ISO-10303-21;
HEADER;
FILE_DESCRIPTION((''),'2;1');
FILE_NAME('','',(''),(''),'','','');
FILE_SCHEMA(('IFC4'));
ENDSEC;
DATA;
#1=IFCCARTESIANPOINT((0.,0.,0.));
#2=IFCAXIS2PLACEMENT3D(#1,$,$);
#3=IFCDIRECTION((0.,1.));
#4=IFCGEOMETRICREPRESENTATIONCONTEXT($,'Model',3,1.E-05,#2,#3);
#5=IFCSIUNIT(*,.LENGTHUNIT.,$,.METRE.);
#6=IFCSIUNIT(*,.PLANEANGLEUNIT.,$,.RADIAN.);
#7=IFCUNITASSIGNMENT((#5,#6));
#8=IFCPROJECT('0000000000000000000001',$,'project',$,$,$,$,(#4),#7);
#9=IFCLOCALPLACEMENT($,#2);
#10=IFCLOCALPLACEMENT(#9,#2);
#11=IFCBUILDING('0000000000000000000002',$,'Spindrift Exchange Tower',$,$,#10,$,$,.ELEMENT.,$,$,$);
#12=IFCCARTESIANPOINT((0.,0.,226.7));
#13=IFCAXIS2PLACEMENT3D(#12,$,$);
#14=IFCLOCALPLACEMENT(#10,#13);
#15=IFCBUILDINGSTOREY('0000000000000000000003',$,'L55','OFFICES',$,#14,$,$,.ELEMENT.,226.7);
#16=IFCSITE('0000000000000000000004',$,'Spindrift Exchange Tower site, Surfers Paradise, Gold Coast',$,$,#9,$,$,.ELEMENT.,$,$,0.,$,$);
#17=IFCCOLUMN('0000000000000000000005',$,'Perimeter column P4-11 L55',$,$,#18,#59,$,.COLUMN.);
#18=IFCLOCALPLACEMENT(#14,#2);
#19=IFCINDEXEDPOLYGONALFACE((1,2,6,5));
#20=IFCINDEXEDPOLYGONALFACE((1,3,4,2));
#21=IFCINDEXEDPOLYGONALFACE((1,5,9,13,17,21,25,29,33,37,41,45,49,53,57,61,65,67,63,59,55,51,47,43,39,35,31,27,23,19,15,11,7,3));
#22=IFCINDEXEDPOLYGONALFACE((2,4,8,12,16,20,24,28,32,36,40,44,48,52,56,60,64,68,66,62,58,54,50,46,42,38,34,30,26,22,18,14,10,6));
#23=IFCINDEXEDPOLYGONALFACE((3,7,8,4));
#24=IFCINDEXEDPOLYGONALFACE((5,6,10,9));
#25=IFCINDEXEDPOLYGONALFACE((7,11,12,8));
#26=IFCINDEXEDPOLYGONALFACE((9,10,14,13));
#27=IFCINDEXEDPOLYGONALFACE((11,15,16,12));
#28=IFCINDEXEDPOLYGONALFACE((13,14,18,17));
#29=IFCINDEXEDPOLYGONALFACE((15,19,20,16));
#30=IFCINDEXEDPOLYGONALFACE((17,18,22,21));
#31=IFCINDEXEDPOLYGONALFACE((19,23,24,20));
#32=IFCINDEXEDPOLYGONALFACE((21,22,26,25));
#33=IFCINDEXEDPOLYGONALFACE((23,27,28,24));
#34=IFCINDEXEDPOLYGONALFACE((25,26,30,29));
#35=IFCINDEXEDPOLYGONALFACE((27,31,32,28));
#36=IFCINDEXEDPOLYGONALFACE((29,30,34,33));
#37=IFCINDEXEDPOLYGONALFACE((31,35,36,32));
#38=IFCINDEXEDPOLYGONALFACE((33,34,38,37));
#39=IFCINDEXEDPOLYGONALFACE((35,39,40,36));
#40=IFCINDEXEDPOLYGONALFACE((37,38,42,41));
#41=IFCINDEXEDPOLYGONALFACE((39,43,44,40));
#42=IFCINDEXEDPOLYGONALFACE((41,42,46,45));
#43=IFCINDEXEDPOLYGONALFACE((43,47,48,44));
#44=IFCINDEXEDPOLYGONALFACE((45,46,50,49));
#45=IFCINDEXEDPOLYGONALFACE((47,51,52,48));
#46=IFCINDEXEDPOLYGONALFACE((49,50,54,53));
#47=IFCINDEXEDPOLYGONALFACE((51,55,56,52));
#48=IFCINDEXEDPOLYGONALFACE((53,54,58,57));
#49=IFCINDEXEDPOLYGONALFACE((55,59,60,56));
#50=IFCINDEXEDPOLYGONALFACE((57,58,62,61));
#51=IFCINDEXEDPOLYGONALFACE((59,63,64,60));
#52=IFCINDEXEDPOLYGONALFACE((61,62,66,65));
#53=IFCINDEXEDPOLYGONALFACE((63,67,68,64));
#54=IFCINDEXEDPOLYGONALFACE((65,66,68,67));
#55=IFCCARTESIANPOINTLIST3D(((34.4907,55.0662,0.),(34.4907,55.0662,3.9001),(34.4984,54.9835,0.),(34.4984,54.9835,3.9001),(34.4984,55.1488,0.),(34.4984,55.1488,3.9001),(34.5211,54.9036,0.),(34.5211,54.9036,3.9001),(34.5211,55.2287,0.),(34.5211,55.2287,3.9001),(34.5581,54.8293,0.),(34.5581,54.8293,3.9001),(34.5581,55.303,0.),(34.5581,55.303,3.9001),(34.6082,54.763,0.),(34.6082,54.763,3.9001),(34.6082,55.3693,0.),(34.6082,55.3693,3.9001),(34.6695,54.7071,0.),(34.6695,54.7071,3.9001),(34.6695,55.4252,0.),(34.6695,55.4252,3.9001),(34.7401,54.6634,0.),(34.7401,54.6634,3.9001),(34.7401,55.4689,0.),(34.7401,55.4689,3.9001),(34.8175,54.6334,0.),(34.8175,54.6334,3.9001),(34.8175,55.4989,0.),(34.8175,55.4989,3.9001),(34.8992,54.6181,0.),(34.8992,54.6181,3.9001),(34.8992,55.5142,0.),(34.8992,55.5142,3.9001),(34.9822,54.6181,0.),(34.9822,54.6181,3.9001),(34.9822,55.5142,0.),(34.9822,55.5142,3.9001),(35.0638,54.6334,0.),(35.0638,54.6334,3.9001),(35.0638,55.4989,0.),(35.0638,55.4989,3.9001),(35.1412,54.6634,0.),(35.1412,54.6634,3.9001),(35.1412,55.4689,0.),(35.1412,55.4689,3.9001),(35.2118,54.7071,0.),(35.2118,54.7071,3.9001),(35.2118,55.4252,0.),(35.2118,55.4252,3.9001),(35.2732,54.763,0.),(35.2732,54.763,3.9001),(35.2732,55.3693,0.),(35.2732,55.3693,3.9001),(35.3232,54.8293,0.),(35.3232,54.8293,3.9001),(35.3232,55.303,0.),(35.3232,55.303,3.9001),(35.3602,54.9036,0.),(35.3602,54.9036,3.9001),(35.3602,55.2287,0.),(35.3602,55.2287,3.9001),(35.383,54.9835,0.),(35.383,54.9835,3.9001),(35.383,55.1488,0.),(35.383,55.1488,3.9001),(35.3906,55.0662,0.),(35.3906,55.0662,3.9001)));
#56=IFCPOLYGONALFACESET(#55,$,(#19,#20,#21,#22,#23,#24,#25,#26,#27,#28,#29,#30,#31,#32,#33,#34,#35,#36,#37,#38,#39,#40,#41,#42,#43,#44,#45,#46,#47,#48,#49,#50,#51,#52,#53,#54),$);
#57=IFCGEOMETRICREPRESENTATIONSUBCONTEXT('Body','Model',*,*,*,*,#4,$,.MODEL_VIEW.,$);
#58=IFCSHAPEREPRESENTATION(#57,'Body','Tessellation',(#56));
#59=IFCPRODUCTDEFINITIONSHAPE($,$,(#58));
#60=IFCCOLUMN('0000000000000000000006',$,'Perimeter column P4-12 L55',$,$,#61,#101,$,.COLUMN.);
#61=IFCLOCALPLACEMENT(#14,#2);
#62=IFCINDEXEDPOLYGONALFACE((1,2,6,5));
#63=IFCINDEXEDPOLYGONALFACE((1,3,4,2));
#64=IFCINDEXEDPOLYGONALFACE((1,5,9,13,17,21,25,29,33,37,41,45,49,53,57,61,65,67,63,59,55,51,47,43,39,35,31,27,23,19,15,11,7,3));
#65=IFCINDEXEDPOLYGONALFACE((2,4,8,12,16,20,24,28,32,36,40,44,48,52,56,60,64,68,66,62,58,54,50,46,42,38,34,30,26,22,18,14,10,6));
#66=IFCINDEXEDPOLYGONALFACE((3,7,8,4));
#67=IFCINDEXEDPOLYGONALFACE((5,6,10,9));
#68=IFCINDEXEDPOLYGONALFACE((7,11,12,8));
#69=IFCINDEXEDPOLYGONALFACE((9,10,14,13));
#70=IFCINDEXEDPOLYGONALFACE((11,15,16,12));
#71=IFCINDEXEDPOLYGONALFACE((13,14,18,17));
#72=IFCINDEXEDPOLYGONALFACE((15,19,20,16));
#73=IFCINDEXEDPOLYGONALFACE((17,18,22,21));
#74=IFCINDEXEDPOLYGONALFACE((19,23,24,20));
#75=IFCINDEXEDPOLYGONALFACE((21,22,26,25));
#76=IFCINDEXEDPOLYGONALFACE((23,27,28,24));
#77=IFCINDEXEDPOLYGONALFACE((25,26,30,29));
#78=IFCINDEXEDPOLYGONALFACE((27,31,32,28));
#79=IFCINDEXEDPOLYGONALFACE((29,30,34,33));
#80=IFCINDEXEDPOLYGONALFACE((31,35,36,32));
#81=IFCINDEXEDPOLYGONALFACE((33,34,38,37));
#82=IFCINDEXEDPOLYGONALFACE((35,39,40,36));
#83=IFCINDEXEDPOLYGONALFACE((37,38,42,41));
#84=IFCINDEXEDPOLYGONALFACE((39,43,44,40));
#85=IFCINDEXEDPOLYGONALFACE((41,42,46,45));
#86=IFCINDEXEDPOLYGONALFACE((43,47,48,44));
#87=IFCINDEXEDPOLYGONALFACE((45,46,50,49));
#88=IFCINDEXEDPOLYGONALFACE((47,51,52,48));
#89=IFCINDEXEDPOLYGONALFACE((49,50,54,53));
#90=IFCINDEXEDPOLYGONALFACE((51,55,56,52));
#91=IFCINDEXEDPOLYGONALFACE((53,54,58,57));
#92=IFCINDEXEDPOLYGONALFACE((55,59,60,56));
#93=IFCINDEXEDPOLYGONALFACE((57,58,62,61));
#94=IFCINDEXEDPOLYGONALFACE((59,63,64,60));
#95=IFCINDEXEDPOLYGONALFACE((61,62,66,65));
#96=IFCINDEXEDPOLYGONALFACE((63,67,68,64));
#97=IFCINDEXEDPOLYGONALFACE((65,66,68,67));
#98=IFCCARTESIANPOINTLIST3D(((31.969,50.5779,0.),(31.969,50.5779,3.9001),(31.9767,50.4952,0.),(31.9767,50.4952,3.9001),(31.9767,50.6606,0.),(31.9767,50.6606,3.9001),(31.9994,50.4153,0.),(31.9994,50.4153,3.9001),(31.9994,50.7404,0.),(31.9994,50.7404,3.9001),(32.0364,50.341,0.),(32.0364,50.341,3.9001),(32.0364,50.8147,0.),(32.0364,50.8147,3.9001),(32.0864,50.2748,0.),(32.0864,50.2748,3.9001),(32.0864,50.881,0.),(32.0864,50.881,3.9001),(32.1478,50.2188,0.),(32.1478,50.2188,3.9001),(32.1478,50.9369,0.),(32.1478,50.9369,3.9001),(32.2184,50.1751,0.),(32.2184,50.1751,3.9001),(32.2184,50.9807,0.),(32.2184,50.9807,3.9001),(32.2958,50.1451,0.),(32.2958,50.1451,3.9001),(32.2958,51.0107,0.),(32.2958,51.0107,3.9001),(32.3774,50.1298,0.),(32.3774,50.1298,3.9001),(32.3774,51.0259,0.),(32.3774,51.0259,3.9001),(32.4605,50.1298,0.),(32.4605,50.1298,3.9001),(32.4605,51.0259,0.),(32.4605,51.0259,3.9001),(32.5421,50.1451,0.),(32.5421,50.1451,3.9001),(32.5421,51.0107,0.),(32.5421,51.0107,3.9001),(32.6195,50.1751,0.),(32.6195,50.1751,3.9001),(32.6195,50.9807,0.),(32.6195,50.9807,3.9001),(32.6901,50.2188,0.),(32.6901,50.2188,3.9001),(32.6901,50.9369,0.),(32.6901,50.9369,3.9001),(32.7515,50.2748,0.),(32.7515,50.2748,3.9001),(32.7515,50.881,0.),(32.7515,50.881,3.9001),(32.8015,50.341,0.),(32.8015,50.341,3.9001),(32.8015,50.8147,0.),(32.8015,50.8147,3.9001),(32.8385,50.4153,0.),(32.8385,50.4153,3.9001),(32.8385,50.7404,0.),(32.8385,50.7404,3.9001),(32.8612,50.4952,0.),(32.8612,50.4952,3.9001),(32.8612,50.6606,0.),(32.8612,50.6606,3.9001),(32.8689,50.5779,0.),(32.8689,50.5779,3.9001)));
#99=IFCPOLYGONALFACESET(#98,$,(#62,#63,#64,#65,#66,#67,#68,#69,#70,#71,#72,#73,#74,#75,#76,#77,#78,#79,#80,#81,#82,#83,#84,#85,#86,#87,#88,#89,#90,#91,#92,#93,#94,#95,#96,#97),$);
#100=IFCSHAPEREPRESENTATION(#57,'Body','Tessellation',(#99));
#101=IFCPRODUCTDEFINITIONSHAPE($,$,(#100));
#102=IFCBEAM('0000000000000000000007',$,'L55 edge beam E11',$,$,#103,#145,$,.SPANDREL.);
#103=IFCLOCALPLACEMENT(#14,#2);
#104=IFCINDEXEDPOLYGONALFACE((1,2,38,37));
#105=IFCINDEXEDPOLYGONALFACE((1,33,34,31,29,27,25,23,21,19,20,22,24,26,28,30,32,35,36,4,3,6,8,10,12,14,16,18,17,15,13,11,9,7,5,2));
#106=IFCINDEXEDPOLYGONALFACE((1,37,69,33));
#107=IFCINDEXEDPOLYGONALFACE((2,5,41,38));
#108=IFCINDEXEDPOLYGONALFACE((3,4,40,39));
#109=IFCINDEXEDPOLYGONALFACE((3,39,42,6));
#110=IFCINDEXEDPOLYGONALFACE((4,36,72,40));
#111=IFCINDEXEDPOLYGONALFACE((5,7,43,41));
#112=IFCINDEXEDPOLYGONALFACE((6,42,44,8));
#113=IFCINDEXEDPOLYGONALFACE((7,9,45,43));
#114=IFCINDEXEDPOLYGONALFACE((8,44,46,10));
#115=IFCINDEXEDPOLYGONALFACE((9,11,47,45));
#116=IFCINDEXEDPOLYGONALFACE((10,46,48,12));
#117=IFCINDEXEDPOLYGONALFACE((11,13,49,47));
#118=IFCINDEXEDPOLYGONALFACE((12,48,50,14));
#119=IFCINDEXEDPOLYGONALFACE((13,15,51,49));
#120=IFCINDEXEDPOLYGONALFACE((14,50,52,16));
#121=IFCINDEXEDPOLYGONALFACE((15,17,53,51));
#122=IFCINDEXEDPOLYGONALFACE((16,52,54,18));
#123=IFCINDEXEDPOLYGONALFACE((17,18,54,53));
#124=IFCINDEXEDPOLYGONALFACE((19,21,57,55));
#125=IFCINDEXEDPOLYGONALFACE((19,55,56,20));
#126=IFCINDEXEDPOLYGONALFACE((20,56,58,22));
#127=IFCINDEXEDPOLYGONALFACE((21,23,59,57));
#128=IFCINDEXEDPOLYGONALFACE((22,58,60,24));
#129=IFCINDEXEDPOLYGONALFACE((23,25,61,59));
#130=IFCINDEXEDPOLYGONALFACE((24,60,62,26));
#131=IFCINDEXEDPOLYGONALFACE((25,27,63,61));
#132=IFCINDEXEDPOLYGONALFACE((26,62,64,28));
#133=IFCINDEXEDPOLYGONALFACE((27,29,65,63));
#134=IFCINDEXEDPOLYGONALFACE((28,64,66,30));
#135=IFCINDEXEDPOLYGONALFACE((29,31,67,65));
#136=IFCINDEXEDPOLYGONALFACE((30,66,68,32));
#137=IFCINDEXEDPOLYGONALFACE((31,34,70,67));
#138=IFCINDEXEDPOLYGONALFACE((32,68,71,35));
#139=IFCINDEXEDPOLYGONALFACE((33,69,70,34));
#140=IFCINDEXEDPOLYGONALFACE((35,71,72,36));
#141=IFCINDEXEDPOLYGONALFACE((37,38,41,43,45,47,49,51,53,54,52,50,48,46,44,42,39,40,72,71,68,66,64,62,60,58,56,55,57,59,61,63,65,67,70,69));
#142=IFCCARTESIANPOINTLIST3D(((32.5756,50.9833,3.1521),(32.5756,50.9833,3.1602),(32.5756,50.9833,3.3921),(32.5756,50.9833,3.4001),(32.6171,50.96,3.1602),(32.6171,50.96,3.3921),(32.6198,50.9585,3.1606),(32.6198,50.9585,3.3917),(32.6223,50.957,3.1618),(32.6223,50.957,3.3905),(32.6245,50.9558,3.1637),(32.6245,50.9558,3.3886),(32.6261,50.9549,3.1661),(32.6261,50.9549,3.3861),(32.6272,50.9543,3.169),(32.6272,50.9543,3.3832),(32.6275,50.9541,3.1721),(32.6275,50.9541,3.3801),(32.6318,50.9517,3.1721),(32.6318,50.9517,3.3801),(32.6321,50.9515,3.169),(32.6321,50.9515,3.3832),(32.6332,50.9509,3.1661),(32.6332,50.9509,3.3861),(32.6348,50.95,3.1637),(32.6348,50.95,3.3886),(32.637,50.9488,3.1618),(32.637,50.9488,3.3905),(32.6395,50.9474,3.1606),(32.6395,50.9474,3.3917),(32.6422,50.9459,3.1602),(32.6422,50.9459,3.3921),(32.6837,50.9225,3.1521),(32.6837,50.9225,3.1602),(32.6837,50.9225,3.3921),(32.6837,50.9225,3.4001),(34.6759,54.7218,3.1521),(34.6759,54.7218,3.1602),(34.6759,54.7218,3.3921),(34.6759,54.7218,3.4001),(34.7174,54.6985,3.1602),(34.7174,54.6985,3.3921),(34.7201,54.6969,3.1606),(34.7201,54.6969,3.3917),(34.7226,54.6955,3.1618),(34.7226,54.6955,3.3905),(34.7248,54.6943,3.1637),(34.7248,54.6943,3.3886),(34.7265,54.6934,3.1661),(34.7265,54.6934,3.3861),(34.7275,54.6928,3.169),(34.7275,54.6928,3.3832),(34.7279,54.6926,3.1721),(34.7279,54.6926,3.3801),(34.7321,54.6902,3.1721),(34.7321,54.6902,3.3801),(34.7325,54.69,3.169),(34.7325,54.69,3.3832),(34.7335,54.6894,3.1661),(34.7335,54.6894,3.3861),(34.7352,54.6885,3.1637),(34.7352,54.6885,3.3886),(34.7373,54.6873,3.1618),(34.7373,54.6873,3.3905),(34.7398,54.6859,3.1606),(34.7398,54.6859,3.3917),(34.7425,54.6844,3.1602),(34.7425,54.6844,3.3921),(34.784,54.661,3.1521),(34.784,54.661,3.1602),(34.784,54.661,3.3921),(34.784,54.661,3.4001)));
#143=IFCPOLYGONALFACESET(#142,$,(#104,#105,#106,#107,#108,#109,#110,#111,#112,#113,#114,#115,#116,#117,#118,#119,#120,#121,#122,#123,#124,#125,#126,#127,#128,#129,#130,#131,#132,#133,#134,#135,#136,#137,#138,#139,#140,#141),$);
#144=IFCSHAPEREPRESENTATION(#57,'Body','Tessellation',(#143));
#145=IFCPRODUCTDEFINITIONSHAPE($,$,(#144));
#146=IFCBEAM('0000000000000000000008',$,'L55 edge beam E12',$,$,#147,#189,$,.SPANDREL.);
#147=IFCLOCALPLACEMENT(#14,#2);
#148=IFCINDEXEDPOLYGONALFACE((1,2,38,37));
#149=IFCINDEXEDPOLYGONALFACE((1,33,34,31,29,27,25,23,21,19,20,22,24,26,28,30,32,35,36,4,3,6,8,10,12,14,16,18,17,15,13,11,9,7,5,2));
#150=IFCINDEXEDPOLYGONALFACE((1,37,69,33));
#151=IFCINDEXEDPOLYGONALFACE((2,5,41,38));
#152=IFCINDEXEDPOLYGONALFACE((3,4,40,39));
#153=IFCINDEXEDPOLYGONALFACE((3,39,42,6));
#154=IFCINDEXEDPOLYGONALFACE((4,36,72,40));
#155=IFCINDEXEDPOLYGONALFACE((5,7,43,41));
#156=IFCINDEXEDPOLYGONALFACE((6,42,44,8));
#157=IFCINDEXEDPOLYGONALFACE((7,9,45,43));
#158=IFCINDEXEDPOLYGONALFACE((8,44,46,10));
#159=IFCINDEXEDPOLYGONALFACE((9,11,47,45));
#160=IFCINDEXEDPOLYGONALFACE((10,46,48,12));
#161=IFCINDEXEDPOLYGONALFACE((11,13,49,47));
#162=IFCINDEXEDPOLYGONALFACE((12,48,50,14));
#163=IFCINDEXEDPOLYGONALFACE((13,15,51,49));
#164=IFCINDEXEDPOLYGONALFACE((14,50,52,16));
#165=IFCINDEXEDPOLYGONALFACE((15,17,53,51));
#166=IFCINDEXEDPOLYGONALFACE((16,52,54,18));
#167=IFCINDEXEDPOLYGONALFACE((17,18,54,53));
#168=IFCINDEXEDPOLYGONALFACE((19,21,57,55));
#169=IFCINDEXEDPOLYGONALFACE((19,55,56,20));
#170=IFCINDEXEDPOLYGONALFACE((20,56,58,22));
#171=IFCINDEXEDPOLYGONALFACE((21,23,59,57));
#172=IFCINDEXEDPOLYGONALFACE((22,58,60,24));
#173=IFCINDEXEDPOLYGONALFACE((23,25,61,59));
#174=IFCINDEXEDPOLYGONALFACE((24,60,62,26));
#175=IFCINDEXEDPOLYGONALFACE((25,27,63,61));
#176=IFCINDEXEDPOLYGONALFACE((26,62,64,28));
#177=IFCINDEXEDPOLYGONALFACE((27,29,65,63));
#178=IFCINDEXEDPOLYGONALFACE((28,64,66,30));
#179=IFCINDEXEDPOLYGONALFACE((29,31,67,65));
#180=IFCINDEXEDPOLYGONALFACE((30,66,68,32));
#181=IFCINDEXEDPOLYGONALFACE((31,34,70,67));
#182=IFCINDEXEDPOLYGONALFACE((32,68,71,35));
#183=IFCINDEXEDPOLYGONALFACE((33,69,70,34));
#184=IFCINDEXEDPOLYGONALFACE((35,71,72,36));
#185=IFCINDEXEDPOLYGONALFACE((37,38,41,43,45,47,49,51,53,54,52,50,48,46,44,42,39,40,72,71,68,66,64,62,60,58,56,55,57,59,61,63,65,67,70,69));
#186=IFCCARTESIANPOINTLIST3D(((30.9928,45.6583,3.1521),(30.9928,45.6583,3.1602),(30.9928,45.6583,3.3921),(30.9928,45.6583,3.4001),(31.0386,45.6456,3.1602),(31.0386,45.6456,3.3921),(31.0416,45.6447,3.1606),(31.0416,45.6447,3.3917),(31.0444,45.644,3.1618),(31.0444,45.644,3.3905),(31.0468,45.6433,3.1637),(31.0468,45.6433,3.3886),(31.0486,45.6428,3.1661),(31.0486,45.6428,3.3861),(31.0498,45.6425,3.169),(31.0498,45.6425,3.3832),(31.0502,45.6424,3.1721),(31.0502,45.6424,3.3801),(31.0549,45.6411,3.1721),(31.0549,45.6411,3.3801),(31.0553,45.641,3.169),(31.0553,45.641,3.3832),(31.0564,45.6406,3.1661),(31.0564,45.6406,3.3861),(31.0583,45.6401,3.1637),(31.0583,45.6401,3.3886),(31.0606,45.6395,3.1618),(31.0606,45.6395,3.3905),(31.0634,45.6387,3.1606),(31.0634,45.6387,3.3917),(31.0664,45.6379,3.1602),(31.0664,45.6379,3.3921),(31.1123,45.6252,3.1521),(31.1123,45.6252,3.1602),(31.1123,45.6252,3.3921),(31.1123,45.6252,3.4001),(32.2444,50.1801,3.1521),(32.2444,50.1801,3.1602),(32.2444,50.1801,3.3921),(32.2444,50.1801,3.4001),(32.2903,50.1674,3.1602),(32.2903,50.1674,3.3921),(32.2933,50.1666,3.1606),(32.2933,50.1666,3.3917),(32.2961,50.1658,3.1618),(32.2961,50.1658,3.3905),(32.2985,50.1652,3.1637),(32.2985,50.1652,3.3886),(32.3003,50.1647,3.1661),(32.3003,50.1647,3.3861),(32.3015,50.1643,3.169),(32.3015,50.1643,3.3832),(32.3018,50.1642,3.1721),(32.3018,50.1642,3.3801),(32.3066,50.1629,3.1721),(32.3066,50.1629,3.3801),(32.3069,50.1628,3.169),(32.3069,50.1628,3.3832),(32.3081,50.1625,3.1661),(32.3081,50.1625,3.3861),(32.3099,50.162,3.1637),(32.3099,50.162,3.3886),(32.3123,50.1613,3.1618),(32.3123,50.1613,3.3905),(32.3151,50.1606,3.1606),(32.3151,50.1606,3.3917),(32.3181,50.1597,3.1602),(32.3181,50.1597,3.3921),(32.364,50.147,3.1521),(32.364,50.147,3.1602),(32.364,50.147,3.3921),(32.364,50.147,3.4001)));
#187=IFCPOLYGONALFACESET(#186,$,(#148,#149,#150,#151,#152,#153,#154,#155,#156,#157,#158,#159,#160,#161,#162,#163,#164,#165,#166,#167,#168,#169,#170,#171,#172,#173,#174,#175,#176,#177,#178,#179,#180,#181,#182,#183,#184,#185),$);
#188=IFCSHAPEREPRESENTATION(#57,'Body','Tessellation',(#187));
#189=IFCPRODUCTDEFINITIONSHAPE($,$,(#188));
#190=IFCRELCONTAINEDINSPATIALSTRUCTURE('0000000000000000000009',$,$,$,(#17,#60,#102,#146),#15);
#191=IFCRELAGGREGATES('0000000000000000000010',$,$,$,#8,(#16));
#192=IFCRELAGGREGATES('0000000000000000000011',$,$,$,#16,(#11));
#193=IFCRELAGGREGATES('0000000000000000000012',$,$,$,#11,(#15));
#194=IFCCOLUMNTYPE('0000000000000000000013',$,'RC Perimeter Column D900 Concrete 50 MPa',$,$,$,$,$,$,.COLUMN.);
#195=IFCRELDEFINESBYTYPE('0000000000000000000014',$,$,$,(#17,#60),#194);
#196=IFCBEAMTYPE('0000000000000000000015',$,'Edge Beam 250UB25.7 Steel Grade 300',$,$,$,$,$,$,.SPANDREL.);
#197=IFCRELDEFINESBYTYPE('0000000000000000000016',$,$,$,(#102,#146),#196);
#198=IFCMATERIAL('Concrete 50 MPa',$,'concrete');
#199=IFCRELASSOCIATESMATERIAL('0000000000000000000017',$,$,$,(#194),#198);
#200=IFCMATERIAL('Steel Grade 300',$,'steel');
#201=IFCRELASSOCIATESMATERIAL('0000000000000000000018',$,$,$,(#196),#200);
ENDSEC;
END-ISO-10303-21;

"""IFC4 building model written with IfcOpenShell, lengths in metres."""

from ifc_helpers import new_model, si_unit, direction, frame, origin, origin_2d, place, context, subcontext, project, spatial, circle, i_section, extrude, source, transform, mapped, material, material_profile, profile_set, type_object, element, save


model = new_model("IFC4")

# Units and contexts
model_context = context("Model", 3, precision=1e-05, world=origin(), true_north=direction((0.0, 1.0)))
body_context = subcontext(model_context, "Body", "Model", "MODEL_VIEW")
ifc_project = project(units=[si_unit("LENGTHUNIT", "METRE"), si_unit("PLANEANGLEUNIT", "RADIAN")], contexts=[model_context])

# Site, building, storey
site_placement = place(None, origin())
site = spatial("IfcSite", under=ifc_project, at=site_placement, Name="Spindrift Exchange Tower site, Surfers Paradise, Gold Coast", CompositionType="ELEMENT", RefElevation=0.0)
building_placement = place(site_placement, origin())
building = spatial("IfcBuilding", under=site, at=building_placement, Name="Spindrift Exchange Tower", CompositionType="ELEMENT")
storey_placement = place(building_placement, frame((0.0, 0.0, 226.7)))
storey = spatial("IfcBuildingStorey", under=building, at=storey_placement, Name="L55", Description="OFFICES", CompositionType="ELEMENT", Elevation=226.7)

# Columns
ifc_material_1 = material(Name="Concrete 50 MPa", Category="concrete")
ifc_material_profile_1 = material_profile(ifc_material_1, circle(Radius=0.45, at=origin_2d()), Name="RC D900")
ifc_profile_set_1 = profile_set([ifc_material_profile_1], Name="Concrete 50 MPa")
column_type = type_object("IfcColumnType", Name="RC Perimeter Column D900 Concrete 50 MPa", PredefinedType="COLUMN", material=ifc_profile_set_1)
shared_shape_1 = source(origin(), body_context, "Body", "SweptSolid", [
    extrude(circle(Radius=0.45, at=origin_2d()), origin(), (0.0, 0.0, 1.0), 3.9001),
])
for number, where, z_axis, x_axis, name in (
    (1, (34.9407, 55.0662, 0.0), (0.0, 0.0, 1.0), (1.0, 0.0, 0.0), "Perimeter column P4-11 L55"),
    (2, (32.4189, 50.5779, 0.0), (0.0, 0.0, 1.0), (1.0, 0.0, 0.0), "Perimeter column P4-12 L55"),
):
    element("IfcColumn", number, at=place(storey_placement, frame(where, z_axis=z_axis, x_axis=x_axis)), inside=storey, type_object=column_type, Name=name, PredefinedType="COLUMN", context=body_context, shape_type="MappedRepresentation", body=[
        mapped(shared_shape_1, transform((0.0, 0.0, 0.0), scale=1.0)),
    ])

# Beams
ifc_material_2 = material(Name="Steel Grade 300", Category="steel")
ifc_material_profile_2 = material_profile(ifc_material_2, i_section(OverallWidth=0.124, OverallDepth=0.248, WebThickness=0.0049, FlangeThickness=0.0081, FilletRadius=0.012, at=origin_2d()), Name="250UB25.7")
ifc_profile_set_2 = profile_set([ifc_material_profile_2], Name="Steel Grade 300")
beam_type_1 = type_object("IfcBeamType", Name="Edge Beam 250UB25.7 Steel Grade 300", PredefinedType="SPANDREL", material=ifc_profile_set_2)
shared_shape_2 = source(origin(), body_context, "Body", "SweptSolid", [
    extrude(i_section(OverallWidth=0.124, OverallDepth=0.248, WebThickness=0.0049, FlangeThickness=0.0081, FilletRadius=0.012, at=origin_2d()), origin(), (0.0, 0.0, 1.0), 4.2881),
])
beam_1_placement = place(storey_placement, frame((34.73, 54.6914, 3.2761), z_axis=(-0.489804, -0.871832, 0.0), x_axis=(0.871832, -0.489804, 0.0)))
element("IfcBeam", 3, at=beam_1_placement, inside=storey, type_object=beam_type_1, Name="L55 edge beam E11", PredefinedType="SPANDREL", context=body_context, shape_type="MappedRepresentation", body=[
    mapped(shared_shape_2, transform((0.0, 0.0, 0.0), scale=1.0)),
])
shared_shape_3 = source(origin(), body_context, "Body", "SweptSolid", [
    extrude(i_section(OverallWidth=0.124, OverallDepth=0.248, WebThickness=0.0049, FlangeThickness=0.0081, FilletRadius=0.012, at=origin_2d()), origin(), (0.0, 0.0, 1.0), 4.6919),
])
beam_2_placement = place(storey_placement, frame((32.3042, 50.1636, 3.2761), z_axis=(-0.266774, -0.963759, 0.0), x_axis=(0.963759, -0.266774, 0.0)))
element("IfcBeam", 4, at=beam_2_placement, inside=storey, type_object=beam_type_1, Name="L55 edge beam E12", PredefinedType="SPANDREL", context=body_context, shape_type="MappedRepresentation", body=[
    mapped(shared_shape_3, transform((0.0, 0.0, 0.0), scale=1.0)),
])

save(model, "model.ifc")
